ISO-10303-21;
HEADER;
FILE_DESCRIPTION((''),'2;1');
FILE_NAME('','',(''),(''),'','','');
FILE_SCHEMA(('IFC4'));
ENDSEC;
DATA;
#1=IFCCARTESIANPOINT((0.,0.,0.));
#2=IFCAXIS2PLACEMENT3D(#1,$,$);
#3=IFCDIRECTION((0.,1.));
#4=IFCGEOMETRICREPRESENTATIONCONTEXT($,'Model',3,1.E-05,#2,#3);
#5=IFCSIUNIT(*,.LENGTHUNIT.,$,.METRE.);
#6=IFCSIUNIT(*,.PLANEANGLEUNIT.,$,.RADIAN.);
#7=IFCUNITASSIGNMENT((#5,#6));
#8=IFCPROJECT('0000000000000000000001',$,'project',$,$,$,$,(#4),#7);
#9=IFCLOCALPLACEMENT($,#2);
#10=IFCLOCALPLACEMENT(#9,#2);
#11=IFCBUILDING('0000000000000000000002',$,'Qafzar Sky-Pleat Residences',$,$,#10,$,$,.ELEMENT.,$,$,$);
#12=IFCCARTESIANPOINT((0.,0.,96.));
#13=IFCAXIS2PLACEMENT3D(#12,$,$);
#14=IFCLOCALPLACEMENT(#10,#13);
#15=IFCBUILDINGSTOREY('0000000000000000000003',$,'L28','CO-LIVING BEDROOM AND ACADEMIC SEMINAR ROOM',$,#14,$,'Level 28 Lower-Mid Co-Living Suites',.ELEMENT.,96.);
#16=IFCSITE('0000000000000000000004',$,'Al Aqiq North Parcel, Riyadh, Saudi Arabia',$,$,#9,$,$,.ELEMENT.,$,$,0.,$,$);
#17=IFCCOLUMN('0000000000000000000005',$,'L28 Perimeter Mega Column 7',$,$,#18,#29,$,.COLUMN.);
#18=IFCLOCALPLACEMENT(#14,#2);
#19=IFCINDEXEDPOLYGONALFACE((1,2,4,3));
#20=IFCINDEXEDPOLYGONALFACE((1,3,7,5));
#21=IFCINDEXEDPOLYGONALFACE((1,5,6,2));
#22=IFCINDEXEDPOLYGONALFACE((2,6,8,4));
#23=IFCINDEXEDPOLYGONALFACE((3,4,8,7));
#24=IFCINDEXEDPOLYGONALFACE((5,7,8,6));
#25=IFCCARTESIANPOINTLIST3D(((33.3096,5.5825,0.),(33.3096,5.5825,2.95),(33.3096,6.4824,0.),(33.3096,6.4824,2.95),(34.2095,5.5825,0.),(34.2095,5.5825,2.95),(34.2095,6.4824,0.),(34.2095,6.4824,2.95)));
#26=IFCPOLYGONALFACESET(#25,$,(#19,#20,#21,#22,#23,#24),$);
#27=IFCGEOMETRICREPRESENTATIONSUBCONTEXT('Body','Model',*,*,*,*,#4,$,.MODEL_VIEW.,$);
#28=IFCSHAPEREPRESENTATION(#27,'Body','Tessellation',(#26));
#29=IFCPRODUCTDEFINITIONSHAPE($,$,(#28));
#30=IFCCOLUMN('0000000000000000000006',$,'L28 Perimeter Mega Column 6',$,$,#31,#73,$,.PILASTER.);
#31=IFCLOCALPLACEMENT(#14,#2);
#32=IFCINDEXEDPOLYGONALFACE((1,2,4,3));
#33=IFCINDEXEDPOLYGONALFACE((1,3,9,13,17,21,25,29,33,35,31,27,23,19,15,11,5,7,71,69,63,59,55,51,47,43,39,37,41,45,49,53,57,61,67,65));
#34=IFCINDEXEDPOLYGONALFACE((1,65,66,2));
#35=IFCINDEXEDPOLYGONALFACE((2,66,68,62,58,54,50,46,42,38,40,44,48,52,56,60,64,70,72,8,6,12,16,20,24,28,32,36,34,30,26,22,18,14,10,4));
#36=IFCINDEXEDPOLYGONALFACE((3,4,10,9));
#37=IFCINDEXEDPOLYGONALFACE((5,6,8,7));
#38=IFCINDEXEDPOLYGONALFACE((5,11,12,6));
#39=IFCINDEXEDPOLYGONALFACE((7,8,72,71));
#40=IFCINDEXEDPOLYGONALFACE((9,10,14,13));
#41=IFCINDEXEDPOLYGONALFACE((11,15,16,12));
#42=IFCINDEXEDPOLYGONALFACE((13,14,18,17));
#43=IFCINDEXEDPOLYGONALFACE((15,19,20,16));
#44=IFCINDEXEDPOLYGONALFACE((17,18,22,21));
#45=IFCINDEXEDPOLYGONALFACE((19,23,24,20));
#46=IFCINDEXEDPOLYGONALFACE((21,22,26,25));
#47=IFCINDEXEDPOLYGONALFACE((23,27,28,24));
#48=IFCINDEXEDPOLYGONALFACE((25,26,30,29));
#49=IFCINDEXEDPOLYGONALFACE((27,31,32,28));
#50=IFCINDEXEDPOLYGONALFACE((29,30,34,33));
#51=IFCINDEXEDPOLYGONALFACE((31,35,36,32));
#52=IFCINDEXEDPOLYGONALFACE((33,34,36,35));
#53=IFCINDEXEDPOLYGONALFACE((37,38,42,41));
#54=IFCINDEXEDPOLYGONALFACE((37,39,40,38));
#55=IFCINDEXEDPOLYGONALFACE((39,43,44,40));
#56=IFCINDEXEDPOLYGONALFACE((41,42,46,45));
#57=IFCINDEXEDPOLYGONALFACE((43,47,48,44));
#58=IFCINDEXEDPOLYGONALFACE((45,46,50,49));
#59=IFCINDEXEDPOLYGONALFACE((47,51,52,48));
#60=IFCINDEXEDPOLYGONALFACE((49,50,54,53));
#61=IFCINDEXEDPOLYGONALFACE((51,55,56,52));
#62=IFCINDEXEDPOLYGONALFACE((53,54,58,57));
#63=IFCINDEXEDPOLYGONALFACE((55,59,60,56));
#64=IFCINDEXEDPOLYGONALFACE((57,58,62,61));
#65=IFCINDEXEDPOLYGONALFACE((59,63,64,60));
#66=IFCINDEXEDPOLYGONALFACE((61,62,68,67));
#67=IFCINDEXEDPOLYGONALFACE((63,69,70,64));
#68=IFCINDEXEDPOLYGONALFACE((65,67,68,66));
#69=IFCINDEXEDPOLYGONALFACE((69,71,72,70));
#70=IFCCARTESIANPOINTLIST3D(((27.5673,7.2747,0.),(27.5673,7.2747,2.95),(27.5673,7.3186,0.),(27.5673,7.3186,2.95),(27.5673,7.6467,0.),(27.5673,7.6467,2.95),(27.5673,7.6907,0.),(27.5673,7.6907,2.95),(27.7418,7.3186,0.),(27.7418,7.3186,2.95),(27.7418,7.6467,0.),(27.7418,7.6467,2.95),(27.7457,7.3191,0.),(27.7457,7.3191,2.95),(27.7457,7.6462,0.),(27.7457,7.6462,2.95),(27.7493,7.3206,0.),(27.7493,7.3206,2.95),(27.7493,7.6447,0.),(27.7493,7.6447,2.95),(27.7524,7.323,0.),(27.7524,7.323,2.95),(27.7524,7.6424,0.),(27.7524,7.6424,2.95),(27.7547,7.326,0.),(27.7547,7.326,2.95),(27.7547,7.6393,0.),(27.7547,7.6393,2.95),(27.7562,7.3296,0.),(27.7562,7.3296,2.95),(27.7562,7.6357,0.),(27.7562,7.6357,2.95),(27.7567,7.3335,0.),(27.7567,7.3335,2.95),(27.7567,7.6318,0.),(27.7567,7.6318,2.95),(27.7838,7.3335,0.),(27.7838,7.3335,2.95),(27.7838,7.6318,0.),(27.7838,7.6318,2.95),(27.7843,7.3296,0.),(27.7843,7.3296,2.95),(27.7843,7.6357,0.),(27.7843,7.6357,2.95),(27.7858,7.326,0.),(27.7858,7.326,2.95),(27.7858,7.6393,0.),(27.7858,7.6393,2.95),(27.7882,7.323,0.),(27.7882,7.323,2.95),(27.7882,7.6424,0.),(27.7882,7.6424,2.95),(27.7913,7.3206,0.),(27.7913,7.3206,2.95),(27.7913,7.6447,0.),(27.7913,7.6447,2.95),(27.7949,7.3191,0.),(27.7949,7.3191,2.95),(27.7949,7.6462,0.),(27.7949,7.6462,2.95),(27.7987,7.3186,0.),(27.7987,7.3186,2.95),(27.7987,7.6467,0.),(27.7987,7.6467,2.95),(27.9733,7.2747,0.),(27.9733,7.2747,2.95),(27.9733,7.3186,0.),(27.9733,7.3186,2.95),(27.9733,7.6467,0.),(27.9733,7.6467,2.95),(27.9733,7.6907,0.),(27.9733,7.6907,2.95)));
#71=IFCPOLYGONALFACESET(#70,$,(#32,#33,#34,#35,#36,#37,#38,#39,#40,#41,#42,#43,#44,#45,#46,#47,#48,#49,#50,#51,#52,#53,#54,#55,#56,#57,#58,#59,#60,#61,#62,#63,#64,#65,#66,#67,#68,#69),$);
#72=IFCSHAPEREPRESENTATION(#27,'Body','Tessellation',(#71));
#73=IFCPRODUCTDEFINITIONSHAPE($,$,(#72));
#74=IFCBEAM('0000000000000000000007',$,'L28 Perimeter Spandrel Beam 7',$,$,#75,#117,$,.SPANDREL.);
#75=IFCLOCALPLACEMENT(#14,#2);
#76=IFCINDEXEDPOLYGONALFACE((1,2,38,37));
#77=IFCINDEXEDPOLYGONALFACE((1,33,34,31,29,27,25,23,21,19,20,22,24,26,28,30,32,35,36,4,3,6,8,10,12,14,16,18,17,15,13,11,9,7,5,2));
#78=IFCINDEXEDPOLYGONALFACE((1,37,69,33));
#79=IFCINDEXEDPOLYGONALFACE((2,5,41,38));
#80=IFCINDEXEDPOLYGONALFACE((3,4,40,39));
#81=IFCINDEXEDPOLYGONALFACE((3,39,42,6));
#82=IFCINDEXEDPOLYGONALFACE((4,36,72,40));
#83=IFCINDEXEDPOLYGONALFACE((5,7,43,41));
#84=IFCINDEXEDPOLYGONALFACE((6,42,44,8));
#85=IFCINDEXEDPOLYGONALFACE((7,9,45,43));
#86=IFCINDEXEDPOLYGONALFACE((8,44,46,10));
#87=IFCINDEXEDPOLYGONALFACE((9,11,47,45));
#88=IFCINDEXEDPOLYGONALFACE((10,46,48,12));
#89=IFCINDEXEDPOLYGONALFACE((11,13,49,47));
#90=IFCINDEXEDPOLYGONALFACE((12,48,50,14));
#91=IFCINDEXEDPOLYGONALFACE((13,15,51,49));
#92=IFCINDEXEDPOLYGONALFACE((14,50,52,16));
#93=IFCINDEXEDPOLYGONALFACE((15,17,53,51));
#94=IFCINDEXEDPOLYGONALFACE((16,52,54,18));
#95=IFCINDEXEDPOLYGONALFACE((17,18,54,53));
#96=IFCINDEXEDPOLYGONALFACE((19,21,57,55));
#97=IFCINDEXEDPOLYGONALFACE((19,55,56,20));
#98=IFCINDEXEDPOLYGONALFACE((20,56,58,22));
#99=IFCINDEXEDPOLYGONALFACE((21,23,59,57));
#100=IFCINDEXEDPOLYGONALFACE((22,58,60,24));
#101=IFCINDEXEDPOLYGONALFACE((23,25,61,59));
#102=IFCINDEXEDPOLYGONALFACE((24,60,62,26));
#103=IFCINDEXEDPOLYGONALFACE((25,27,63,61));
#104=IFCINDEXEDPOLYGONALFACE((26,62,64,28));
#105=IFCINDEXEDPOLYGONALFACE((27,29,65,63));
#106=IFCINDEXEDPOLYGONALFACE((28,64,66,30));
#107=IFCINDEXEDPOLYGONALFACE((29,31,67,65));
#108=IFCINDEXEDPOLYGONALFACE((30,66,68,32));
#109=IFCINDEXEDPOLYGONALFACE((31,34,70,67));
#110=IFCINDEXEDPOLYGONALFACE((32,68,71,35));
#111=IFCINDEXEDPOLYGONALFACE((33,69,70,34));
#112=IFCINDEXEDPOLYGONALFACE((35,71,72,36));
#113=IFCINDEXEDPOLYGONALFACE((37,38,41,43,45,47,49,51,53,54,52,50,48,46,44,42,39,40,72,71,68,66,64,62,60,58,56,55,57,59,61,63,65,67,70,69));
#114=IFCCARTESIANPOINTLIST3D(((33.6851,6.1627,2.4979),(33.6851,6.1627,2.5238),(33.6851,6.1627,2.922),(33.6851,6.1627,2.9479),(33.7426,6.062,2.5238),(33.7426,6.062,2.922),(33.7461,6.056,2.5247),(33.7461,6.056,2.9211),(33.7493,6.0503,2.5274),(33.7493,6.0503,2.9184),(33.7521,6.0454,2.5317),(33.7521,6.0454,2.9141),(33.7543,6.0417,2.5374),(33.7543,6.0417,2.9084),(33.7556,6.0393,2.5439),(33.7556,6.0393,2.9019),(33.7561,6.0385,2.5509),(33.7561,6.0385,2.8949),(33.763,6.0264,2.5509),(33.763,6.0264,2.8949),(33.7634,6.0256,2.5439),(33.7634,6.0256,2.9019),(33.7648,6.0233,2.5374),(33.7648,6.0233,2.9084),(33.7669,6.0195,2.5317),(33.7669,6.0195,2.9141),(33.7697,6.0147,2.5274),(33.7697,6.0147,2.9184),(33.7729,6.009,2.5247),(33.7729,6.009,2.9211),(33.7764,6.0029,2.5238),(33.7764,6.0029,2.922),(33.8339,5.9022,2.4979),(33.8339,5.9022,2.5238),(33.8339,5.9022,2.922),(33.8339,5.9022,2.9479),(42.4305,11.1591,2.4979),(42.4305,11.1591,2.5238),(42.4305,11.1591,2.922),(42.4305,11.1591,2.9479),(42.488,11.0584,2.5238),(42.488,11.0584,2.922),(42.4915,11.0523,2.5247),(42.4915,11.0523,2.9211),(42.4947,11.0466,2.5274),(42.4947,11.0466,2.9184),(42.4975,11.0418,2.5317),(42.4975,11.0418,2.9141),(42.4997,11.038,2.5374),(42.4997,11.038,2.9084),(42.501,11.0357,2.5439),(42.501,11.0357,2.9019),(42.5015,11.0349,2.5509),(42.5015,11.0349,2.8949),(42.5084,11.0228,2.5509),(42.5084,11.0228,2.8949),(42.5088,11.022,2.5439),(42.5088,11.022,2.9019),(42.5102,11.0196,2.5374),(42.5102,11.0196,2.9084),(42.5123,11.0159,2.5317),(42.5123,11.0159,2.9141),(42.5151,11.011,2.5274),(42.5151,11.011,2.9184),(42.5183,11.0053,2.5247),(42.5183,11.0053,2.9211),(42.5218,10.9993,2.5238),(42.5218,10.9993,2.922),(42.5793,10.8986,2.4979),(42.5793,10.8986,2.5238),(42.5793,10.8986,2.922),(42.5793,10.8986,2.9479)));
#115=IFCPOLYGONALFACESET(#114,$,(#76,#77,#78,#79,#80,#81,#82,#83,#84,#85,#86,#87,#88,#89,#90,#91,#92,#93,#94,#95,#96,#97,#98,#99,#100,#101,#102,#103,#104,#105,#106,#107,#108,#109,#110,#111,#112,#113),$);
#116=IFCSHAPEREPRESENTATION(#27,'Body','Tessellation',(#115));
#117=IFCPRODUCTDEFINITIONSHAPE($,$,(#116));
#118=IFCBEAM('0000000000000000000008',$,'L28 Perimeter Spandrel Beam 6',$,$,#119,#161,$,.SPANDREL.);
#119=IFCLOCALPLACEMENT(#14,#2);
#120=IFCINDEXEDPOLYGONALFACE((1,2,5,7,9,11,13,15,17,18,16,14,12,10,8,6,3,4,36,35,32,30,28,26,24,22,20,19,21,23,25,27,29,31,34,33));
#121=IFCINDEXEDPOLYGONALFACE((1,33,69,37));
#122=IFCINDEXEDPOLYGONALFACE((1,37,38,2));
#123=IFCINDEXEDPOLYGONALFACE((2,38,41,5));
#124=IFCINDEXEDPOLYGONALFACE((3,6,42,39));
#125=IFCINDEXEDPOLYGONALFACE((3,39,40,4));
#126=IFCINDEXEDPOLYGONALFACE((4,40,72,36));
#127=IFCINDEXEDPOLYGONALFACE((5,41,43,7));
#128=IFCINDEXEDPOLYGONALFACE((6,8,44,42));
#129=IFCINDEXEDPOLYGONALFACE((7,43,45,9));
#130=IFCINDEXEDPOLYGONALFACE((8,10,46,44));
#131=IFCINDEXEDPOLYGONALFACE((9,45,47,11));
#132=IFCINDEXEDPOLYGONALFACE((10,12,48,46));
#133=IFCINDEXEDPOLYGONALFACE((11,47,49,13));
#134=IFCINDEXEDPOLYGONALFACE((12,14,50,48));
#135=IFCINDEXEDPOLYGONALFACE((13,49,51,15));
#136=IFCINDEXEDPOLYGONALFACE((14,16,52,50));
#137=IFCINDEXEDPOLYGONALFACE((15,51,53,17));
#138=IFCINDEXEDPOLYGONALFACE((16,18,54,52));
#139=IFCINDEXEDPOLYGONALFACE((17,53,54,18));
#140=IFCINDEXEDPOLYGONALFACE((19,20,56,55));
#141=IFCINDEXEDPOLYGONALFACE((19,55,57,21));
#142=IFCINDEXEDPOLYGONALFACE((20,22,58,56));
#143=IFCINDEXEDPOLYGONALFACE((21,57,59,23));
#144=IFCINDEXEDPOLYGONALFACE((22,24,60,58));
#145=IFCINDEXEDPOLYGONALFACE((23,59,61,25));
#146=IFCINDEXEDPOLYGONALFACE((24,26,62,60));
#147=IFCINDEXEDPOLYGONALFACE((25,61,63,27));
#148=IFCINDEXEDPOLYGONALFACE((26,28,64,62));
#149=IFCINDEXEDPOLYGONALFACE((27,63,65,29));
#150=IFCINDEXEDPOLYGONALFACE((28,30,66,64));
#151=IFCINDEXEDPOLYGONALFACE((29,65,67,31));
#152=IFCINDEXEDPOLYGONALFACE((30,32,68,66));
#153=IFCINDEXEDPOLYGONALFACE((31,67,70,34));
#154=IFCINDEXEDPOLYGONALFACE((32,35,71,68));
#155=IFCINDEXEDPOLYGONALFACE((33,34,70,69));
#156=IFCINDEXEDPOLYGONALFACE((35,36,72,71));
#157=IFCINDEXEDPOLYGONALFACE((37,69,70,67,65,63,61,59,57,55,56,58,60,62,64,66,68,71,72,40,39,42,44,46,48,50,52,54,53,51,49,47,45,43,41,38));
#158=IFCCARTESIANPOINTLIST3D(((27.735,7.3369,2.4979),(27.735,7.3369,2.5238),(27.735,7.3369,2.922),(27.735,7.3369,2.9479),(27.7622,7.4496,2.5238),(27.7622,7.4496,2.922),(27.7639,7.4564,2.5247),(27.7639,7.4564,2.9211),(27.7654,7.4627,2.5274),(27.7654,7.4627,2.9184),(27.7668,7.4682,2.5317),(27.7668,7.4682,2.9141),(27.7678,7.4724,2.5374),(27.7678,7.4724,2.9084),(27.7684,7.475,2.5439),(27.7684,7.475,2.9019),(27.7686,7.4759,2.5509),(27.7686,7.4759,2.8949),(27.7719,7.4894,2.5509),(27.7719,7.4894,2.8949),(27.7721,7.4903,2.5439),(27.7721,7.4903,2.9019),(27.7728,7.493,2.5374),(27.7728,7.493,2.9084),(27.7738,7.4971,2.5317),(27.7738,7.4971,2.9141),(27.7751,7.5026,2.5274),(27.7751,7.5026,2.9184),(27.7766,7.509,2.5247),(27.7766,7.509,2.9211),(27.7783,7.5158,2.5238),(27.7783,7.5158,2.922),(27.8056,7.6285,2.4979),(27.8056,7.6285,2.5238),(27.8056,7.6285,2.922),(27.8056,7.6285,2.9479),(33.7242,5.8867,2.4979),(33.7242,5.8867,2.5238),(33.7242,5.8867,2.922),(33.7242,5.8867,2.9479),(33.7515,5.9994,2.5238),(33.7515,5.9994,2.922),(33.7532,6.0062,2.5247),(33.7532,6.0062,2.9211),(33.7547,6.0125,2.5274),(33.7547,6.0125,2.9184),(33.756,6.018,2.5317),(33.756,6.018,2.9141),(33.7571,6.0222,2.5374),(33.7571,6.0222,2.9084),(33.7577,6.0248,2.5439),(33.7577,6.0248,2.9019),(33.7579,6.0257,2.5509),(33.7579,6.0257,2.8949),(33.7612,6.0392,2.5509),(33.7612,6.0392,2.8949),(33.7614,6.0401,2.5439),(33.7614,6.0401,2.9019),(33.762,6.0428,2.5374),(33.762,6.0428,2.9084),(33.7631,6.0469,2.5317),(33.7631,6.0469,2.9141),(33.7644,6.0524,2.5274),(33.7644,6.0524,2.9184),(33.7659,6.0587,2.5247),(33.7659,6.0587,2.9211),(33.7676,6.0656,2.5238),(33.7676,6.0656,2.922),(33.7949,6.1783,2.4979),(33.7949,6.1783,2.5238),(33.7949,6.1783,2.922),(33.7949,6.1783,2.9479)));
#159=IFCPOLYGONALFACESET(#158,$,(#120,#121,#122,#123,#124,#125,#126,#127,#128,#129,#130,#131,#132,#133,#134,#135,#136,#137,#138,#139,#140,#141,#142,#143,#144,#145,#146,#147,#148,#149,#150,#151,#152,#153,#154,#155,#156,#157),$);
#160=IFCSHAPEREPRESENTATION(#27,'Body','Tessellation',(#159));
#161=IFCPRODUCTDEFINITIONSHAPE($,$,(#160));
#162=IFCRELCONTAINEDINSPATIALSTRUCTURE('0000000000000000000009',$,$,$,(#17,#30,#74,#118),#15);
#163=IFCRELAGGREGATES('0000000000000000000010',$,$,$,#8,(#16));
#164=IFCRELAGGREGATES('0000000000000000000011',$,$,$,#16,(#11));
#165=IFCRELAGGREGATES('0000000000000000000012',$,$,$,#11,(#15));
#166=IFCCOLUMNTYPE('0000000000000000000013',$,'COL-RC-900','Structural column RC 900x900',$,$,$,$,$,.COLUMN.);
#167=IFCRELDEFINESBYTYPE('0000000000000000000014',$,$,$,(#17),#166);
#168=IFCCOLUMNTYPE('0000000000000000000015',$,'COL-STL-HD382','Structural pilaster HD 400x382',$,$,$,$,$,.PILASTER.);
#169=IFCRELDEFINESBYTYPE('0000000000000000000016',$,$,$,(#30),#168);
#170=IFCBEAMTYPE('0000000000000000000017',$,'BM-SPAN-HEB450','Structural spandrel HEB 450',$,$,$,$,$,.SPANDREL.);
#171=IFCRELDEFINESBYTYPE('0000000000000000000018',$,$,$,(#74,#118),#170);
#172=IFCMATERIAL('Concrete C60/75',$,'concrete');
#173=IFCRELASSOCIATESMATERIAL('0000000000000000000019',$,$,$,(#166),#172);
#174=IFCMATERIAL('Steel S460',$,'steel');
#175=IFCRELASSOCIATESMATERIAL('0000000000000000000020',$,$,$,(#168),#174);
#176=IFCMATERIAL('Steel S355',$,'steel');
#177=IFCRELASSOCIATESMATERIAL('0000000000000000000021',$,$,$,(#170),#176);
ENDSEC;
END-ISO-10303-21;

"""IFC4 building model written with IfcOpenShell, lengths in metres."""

from ifc_helpers import new_model, si_unit, direction, frame, origin, origin_2d, place, context, subcontext, project, spatial, rectangle, i_section, extrude, source, transform, mapped, material, material_profile, profile_set, type_object, element, save


model = new_model("IFC4")

# Units and contexts
model_context = context("Model", 3, precision=1e-05, world=origin(), true_north=direction((0.0, 1.0)))
body_context = subcontext(model_context, "Body", "Model", "MODEL_VIEW")
ifc_project = project(units=[si_unit("LENGTHUNIT", "METRE"), si_unit("PLANEANGLEUNIT", "RADIAN")], contexts=[model_context])

# Site, building, storey
site_placement = place(None, origin())
site = spatial("IfcSite", under=ifc_project, at=site_placement, Name="Al Aqiq North Parcel, Riyadh, Saudi Arabia", CompositionType="ELEMENT", RefElevation=0.0)
building_placement = place(site_placement, origin())
building = spatial("IfcBuilding", under=site, at=building_placement, Name="Qafzar Sky-Pleat Residences", CompositionType="ELEMENT")
storey_placement = place(building_placement, frame((0.0, 0.0, 96.0)))
storey = spatial("IfcBuildingStorey", under=building, at=storey_placement, Name="L28", Description="CO-LIVING BEDROOM AND ACADEMIC SEMINAR ROOM", LongName="Level 28 Lower-Mid Co-Living Suites", CompositionType="ELEMENT", Elevation=96.0)

# Columns
ifc_material_1 = material(Name="Concrete C60/75", Category="concrete")
ifc_material_profile_1 = material_profile(ifc_material_1, rectangle(XDim=0.8999, YDim=0.8999, at=origin_2d()), Name="RC 900x900")
ifc_profile_set_1 = profile_set([ifc_material_profile_1], Name="Concrete C60/75")
column_type_1 = type_object("IfcColumnType", Name="COL-RC-900", Description="Structural column RC 900x900", PredefinedType="COLUMN", material=ifc_profile_set_1)
shared_shape_1 = source(origin(), body_context, "Body", "SweptSolid", [
    extrude(rectangle(XDim=0.8999, YDim=0.8999, at=origin_2d()), origin(), (0.0, 0.0, 1.0), 2.95),
])
column_1_placement = place(storey_placement, frame((33.7595, 6.0325, 0.0), z_axis=(0.0, 0.0, 1.0), x_axis=(1.0, 0.0, 0.0)))
element("IfcColumn", 1, at=column_1_placement, inside=storey, type_object=column_type_1, Name="L28 Perimeter Mega Column 7", PredefinedType="COLUMN", context=body_context, shape_type="MappedRepresentation", body=[
    mapped(shared_shape_1, transform((0.0, 0.0, 0.0), x_axis=(1.0, 0.0, 0.0), y_axis=(0.0, 1.0, 0.0), z_axis=(0.0, 0.0, 1.0), scale=1.0)),
])
ifc_material_2 = material(Name="Steel S460", Category="steel")
ifc_material_profile_2 = material_profile(ifc_material_2, i_section(OverallWidth=0.406, OverallDepth=0.416, WebThickness=0.0271, FlangeThickness=0.0439, FilletRadius=0.0149, at=origin_2d()), Name="HD 400x382")
ifc_profile_set_2 = profile_set([ifc_material_profile_2], Name="Steel S460")
column_type_2 = type_object("IfcColumnType", Name="COL-STL-HD382", Description="Structural pilaster HD 400x382", PredefinedType="PILASTER", material=ifc_profile_set_2)
shared_shape_2 = source(origin(), body_context, "Body", "SweptSolid", [
    extrude(i_section(OverallWidth=0.406, OverallDepth=0.416, WebThickness=0.0271, FlangeThickness=0.0439, FilletRadius=0.0149, at=origin_2d()), origin(), (0.0, 0.0, 1.0), 2.95),
])
column_2_placement = place(storey_placement, frame((27.7703, 7.4827, 0.0), z_axis=(0.0, 0.0, 1.0), x_axis=(1.0, 0.0, 0.0)))
element("IfcColumn", 2, at=column_2_placement, inside=storey, type_object=column_type_2, Name="L28 Perimeter Mega Column 6", PredefinedType="PILASTER", context=body_context, shape_type="MappedRepresentation", body=[
    mapped(shared_shape_2, transform((0.0, 0.0, 0.0), x_axis=(1.0, 0.0, 0.0), y_axis=(0.0, 1.0, 0.0), z_axis=(0.0, 0.0, 1.0), scale=1.0)),
])

# Beams
ifc_material_3 = material(Name="Steel S355", Category="steel")
ifc_material_profile_3 = material_profile(ifc_material_3, i_section(OverallWidth=0.3, OverallDepth=0.45, WebThickness=0.0139, FlangeThickness=0.0259, FilletRadius=0.0271, at=origin_2d()), Name="HEB 450")
ifc_profile_set_3 = profile_set([ifc_material_profile_3], Name="Steel S355")
beam_type_1 = type_object("IfcBeamType", Name="BM-SPAN-HEB450", Description="Structural spandrel HEB 450", PredefinedType="SPANDREL", material=ifc_profile_set_3)
shared_shape_3 = source(origin(), body_context, "Body", "SweptSolid", [
    extrude(i_section(OverallWidth=0.3, OverallDepth=0.45, WebThickness=0.0139, FlangeThickness=0.0259, FilletRadius=0.0271, at=origin_2d()), origin(), (0.0, 0.0, 1.0), 10.072),
])
beam_1_placement = place(storey_placement, frame((33.7595, 6.0325, 2.7229), z_axis=(0.868286, 0.496063, 0.0), x_axis=(-0.496063, 0.868286, 0.0)))
element("IfcBeam", 3, at=beam_1_placement, inside=storey, type_object=beam_type_1, Name="L28 Perimeter Spandrel Beam 7", PredefinedType="SPANDREL", context=body_context, shape_type="MappedRepresentation", body=[
    mapped(shared_shape_3, transform((0.0, 0.0, 0.0), x_axis=(1.0, 0.0, 0.0), y_axis=(0.0, 1.0, 0.0), z_axis=(0.0, 0.0, 1.0), scale=1.0)),
])
shared_shape_4 = source(origin(), body_context, "Body", "SweptSolid", [
    extrude(i_section(OverallWidth=0.3, OverallDepth=0.45, WebThickness=0.0139, FlangeThickness=0.0259, FilletRadius=0.0271, at=origin_2d()), origin(), (0.0, 0.0, 1.0), 6.1624),
])
beam_2_placement = place(storey_placement, frame((27.7703, 7.4827, 2.7229), z_axis=(0.971915, -0.235332, 0.0), x_axis=(0.235332, 0.971915, 0.0)))
element("IfcBeam", 4, at=beam_2_placement, inside=storey, type_object=beam_type_1, Name="L28 Perimeter Spandrel Beam 6", PredefinedType="SPANDREL", context=body_context, shape_type="MappedRepresentation", body=[
    mapped(shared_shape_4, transform((0.0, 0.0, 0.0), x_axis=(1.0, 0.0, 0.0), y_axis=(0.0, 1.0, 0.0), z_axis=(0.0, 0.0, 1.0), scale=1.0)),
])

save(model, "model.ifc")
